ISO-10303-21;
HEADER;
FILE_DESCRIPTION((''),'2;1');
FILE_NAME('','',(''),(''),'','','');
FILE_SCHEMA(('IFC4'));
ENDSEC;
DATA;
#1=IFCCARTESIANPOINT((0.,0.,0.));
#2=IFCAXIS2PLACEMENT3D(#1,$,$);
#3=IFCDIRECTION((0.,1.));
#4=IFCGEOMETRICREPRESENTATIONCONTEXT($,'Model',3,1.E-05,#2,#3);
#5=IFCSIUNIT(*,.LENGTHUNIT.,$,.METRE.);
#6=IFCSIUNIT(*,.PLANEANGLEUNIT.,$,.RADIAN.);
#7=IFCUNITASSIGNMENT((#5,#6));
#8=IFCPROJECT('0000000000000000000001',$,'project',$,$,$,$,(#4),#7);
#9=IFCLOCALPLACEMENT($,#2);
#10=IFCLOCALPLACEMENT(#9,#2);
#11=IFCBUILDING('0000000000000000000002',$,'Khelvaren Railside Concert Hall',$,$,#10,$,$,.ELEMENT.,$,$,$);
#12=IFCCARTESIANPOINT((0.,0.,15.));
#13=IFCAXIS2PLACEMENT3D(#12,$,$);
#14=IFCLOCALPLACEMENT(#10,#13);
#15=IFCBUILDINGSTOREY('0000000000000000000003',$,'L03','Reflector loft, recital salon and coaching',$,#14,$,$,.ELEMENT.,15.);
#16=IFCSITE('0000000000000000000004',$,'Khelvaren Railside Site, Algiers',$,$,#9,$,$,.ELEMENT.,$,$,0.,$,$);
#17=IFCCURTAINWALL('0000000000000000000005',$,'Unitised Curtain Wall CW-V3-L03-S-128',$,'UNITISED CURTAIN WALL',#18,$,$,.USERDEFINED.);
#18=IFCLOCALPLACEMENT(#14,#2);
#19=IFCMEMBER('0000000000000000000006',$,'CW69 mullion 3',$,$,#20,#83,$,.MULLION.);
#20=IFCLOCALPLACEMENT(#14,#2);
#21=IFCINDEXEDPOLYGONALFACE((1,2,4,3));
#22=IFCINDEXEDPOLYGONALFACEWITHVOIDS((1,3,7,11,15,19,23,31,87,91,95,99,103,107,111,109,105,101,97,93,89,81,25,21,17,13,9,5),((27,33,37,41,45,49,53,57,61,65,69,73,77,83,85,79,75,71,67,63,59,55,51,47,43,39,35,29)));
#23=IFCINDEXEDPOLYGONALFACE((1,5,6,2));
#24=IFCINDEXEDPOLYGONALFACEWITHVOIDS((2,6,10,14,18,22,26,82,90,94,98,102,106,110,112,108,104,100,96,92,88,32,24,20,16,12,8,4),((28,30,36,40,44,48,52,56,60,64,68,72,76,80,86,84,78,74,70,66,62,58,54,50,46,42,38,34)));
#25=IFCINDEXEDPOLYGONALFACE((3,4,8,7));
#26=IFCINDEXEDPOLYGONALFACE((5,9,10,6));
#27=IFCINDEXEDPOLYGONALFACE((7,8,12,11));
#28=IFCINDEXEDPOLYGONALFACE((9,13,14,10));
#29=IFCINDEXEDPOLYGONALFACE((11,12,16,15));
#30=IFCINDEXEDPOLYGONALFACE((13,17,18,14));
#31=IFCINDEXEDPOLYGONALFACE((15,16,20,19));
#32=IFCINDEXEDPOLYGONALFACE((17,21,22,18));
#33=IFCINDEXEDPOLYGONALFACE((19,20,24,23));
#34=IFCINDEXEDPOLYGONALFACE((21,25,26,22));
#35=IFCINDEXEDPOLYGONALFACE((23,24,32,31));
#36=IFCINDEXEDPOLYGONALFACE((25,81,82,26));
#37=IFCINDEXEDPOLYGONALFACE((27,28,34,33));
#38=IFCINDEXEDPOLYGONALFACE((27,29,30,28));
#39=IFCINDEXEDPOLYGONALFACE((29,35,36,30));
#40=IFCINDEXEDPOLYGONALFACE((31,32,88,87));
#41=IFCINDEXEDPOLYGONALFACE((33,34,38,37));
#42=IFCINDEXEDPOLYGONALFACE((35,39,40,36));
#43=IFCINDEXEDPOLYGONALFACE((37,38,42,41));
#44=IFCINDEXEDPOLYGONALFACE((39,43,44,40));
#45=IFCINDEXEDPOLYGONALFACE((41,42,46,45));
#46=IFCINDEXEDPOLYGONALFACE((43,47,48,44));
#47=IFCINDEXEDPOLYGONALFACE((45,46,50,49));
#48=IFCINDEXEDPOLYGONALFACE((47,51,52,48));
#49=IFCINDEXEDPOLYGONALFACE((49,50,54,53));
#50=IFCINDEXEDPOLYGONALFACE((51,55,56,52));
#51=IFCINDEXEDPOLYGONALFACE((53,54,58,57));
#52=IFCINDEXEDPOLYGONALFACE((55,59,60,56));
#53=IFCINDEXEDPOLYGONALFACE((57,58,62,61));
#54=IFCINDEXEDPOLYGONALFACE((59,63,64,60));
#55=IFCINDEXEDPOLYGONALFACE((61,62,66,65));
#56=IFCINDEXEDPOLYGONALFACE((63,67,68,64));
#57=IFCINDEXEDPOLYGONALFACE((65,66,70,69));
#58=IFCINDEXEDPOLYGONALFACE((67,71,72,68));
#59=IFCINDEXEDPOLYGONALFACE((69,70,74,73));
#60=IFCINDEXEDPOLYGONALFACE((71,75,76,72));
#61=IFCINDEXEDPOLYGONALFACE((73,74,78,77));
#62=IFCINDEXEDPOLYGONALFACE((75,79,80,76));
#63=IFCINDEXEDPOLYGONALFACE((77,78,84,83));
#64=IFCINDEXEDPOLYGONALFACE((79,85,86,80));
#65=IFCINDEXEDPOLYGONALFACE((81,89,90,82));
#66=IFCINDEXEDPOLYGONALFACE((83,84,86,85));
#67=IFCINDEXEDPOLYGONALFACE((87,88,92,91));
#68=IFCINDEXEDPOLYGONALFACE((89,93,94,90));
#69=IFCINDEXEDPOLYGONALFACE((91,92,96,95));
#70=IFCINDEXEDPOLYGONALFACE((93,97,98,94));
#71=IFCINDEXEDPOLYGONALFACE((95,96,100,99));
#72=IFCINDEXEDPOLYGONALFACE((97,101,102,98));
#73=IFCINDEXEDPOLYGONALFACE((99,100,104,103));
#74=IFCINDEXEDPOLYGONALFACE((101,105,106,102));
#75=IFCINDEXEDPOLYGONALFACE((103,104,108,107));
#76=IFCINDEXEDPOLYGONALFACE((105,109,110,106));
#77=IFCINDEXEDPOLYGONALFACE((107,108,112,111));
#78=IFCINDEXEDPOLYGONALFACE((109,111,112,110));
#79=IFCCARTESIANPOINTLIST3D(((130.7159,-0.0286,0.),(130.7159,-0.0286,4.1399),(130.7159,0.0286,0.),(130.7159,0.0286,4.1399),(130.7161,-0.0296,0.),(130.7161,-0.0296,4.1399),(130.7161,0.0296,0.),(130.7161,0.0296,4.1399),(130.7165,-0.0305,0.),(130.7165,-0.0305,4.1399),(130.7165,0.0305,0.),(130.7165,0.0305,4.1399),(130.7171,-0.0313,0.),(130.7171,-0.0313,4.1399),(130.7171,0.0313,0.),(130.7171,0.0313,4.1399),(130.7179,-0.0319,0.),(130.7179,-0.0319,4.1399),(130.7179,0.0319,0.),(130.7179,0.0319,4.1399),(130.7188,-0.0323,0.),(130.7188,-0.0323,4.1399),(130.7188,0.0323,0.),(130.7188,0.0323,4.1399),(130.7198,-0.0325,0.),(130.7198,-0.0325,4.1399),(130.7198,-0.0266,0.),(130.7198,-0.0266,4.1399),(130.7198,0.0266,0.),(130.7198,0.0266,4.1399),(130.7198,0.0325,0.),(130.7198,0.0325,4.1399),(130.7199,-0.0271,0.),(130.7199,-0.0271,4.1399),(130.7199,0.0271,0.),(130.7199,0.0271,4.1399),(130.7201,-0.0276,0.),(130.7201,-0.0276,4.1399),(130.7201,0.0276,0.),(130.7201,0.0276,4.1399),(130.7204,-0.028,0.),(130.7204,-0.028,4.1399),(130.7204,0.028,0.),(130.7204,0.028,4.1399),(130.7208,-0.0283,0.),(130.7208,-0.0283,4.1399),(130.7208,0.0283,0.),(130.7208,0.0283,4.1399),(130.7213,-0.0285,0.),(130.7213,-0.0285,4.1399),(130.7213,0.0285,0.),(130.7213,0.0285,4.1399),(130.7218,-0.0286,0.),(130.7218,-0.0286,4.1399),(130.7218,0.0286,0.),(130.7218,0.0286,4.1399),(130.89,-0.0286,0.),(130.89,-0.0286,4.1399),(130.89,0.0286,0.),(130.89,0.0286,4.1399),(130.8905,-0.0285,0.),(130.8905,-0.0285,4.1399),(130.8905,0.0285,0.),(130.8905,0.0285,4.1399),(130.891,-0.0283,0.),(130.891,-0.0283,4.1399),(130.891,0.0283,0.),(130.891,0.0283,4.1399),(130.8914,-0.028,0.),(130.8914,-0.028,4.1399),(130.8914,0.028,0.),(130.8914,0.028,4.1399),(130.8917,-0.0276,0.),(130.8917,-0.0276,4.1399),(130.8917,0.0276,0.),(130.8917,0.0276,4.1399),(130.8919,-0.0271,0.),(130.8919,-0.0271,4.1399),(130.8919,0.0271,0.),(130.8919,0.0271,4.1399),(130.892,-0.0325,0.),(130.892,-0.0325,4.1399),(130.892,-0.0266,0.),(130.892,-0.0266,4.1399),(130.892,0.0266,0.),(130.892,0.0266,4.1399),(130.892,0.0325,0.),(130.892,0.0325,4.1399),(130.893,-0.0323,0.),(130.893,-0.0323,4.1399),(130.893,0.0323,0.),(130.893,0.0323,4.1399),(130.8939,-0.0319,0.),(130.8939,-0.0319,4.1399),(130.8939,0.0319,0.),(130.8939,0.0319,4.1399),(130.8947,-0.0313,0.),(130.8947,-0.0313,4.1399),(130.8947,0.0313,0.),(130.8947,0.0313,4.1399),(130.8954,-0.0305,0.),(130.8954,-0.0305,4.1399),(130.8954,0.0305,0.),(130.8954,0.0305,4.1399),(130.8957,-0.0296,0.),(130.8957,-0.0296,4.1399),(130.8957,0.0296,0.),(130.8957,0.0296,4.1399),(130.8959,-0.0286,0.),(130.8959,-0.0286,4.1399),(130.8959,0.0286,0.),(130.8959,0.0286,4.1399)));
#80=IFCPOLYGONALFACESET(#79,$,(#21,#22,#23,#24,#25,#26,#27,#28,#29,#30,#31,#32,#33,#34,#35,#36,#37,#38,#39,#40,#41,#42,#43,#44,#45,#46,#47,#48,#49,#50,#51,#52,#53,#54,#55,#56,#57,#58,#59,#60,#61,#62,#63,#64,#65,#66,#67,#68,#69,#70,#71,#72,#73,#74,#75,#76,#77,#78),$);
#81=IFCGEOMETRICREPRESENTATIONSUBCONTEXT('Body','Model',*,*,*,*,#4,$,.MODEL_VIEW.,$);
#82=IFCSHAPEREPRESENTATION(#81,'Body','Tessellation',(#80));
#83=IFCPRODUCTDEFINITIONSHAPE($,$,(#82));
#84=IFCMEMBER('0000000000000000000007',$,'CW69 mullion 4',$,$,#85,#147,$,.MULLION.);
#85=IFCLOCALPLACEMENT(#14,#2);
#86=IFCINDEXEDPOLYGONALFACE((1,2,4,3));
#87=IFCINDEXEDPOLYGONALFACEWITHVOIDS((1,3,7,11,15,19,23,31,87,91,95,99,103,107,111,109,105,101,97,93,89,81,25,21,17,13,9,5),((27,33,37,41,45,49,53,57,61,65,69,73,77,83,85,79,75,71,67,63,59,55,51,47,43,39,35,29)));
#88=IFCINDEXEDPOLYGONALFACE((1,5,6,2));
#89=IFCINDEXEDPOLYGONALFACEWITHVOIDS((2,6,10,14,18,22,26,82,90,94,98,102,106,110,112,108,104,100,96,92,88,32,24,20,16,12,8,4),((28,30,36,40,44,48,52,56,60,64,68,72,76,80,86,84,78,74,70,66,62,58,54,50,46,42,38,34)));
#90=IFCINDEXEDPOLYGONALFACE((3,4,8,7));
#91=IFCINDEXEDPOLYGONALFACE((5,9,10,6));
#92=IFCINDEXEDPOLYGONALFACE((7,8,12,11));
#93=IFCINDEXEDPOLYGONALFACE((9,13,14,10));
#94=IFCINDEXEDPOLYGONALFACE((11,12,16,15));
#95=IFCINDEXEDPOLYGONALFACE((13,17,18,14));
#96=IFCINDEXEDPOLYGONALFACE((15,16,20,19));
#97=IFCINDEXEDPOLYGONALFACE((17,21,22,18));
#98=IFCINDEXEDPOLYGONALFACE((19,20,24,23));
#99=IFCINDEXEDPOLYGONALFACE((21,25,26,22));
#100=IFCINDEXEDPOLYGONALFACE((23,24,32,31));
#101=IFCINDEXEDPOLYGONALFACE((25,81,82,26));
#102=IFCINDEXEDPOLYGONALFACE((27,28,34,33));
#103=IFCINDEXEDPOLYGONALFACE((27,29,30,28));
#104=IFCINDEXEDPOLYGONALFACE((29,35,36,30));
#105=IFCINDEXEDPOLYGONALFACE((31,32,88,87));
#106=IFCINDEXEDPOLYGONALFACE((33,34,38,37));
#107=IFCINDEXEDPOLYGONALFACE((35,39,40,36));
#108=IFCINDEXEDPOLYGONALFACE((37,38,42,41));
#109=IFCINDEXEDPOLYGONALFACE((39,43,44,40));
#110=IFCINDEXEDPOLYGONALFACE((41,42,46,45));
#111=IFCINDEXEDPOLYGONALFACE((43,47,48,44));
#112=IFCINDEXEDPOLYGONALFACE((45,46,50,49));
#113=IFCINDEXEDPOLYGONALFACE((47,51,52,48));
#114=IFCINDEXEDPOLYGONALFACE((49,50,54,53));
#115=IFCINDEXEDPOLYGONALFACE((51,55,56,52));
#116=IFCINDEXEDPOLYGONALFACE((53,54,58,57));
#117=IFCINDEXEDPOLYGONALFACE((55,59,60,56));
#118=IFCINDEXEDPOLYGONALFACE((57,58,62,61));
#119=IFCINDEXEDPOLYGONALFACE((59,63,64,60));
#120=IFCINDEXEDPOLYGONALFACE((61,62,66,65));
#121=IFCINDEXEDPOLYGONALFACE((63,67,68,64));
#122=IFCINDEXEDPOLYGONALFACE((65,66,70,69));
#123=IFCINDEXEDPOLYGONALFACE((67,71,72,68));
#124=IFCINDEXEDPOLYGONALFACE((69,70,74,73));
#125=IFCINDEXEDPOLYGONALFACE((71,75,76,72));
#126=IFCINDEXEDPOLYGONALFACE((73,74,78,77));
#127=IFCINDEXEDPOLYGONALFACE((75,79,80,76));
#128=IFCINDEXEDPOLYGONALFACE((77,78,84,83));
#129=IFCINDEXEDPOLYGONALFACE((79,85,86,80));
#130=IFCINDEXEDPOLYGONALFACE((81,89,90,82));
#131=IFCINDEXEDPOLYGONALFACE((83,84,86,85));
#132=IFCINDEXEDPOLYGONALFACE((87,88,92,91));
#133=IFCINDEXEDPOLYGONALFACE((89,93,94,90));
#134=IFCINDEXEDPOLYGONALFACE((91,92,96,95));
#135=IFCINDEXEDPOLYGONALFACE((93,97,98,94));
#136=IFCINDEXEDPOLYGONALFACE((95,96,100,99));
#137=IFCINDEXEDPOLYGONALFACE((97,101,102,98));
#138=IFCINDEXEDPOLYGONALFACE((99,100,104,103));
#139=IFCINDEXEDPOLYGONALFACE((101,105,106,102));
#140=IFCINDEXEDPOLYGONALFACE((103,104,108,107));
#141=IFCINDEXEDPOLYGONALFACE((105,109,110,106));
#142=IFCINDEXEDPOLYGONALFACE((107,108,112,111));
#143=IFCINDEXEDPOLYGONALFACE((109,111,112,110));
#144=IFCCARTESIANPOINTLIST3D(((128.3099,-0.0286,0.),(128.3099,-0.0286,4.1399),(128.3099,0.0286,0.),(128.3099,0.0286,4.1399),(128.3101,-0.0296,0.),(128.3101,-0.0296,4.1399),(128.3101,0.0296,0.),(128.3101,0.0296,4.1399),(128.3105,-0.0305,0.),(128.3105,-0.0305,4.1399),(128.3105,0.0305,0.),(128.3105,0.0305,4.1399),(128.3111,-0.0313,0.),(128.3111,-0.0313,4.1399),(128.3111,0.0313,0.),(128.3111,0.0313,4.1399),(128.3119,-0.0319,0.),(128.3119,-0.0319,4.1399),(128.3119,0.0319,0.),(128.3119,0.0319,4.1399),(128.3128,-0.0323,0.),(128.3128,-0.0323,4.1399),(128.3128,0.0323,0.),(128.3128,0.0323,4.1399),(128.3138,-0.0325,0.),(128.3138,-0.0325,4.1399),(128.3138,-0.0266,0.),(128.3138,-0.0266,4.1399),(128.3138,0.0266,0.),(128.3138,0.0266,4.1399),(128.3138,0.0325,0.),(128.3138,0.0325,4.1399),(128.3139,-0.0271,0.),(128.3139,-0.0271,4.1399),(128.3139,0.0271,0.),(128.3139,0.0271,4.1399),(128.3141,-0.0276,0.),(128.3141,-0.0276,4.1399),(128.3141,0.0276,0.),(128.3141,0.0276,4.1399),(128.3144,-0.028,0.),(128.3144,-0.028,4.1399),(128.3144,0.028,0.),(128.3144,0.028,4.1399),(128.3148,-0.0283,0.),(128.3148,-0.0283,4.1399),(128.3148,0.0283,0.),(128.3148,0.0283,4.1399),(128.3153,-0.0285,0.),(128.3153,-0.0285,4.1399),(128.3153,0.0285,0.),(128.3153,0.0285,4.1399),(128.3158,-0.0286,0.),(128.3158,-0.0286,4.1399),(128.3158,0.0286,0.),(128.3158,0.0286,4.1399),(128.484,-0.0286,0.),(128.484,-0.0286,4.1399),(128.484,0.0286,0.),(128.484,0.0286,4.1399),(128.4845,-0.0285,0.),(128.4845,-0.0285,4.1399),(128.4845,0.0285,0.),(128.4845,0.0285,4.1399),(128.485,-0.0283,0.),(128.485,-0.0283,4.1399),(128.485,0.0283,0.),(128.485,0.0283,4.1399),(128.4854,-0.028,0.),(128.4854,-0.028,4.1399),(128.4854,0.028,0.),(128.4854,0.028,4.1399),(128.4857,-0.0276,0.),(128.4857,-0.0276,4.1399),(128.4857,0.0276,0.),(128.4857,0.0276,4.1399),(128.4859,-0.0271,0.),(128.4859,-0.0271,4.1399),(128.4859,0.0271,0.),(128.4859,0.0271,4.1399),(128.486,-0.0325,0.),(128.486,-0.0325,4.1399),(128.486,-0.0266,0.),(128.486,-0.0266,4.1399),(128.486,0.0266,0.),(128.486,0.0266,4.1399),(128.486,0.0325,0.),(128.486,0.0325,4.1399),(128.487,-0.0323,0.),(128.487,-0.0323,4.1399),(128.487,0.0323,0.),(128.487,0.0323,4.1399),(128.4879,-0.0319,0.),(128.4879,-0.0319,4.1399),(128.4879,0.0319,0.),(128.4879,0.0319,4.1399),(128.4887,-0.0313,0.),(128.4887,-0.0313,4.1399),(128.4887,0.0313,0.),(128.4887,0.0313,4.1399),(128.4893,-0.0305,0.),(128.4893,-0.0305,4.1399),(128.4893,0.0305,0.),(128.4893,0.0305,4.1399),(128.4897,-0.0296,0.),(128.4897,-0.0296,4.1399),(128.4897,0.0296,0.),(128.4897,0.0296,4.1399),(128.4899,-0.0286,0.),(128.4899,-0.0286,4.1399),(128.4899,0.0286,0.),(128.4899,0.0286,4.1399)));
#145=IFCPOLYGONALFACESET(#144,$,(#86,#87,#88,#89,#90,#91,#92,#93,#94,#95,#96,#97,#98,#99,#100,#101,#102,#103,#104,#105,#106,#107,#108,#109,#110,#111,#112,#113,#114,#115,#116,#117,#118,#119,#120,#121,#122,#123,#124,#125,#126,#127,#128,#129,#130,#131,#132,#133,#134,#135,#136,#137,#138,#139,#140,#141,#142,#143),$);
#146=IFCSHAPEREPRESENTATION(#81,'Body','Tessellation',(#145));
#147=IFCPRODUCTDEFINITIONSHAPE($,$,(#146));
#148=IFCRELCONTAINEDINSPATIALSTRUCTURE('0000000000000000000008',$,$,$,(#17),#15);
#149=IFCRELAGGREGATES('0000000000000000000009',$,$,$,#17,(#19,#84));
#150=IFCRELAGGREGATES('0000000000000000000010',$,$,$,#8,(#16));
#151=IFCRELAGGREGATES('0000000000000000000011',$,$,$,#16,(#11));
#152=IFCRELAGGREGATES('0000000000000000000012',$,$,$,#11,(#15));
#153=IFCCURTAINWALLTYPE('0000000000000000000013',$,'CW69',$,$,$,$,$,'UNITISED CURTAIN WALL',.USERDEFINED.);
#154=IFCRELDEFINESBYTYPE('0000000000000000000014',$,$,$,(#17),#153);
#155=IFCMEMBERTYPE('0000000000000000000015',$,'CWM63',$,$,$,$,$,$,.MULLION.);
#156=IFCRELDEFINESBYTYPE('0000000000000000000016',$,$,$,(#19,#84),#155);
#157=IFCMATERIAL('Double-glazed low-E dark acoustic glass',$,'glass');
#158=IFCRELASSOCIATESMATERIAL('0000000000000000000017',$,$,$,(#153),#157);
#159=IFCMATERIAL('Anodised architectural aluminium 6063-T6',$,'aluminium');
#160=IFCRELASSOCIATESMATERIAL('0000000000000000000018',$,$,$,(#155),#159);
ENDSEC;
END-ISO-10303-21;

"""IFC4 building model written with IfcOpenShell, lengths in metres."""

from ifc_helpers import new_model, si_unit, direction, frame, origin, origin_2d, place, context, subcontext, project, spatial, hollow_rectangle, extrude, material, material_profile, profile_set, type_object, element, aggregate, save


model = new_model("IFC4")

# Units and contexts
model_context = context("Model", 3, precision=1e-05, world=origin(), true_north=direction((0.0, 1.0)))
body_context = subcontext(model_context, "Body", "Model", "MODEL_VIEW")
ifc_project = project(units=[si_unit("LENGTHUNIT", "METRE"), si_unit("PLANEANGLEUNIT", "RADIAN")], contexts=[model_context])

# Site, building, storey
site_placement = place(None, origin())
site = spatial("IfcSite", under=ifc_project, at=site_placement, Name="Khelvaren Railside Site, Algiers", CompositionType="ELEMENT", RefElevation=0.0)
building_placement = place(site_placement, origin())
building = spatial("IfcBuilding", under=site, at=building_placement, Name="Khelvaren Railside Concert Hall", CompositionType="ELEMENT")
storey_placement = place(building_placement, frame((0.0, 0.0, 15.0)))
storey = spatial("IfcBuildingStorey", under=building, at=storey_placement, Name="L03", Description="Reflector loft, recital salon and coaching", CompositionType="ELEMENT", Elevation=15.0)

# Curtain wall, members
ifc_material_1 = material(Name="Double-glazed low-E dark acoustic glass", Category="glass")
curtain_wall_type = type_object("IfcCurtainWallType", Name="CW69", ElementType="UNITISED CURTAIN WALL", PredefinedType="USERDEFINED", material=ifc_material_1)
curtain_wall_placement = place(storey_placement, origin())
curtain_wall = element("IfcCurtainWall", 1, at=curtain_wall_placement, inside=storey, type_object=curtain_wall_type, Name="Unitised Curtain Wall CW-V3-L03-S-128", ObjectType="UNITISED CURTAIN WALL", PredefinedType="USERDEFINED")
ifc_material_2 = material(Name="Anodised architectural aluminium 6063-T6", Category="aluminium")
ifc_material_profile_1 = material_profile(ifc_material_2, hollow_rectangle(XDim=0.0649, YDim=0.1799, WallThickness=0.0039, InnerFilletRadius=0.002, OuterFilletRadius=0.0039, at=origin_2d()), Name="CWM 65x180x4")
ifc_profile_set_1 = profile_set([ifc_material_profile_1], Name="Anodised architectural aluminium 6063-T6")
member_type_1 = type_object("IfcMemberType", Name="CWM63", PredefinedType="MULLION", material=ifc_profile_set_1)
member_1_placement = place(storey_placement, frame((130.8059, 0.0, 0.0), z_axis=(0.0, 0.0, 1.0), x_axis=(0.0, -1.0, 0.0)))
member_1 = element("IfcMember", 2, at=member_1_placement, type_object=member_type_1, Name="CW69 mullion 3", PredefinedType="MULLION", context=body_context, shape_type="SweptSolid", body=[
    extrude(hollow_rectangle(XDim=0.0649, YDim=0.1799, WallThickness=0.0039, InnerFilletRadius=0.002, OuterFilletRadius=0.0039, at=origin_2d()), origin(), (0.0, 0.0, 1.0), 4.1399),
])
member_2_placement = place(storey_placement, frame((128.3999, 0.0, 0.0), z_axis=(0.0, 0.0, 1.0), x_axis=(0.0, -1.0, 0.0)))
member_2 = element("IfcMember", 3, at=member_2_placement, type_object=member_type_1, Name="CW69 mullion 4", PredefinedType="MULLION", context=body_context, shape_type="SweptSolid", body=[
    extrude(hollow_rectangle(XDim=0.0649, YDim=0.1799, WallThickness=0.0039, InnerFilletRadius=0.002, OuterFilletRadius=0.0039, at=origin_2d()), origin(), (0.0, 0.0, 1.0), 4.1399),
])

aggregate(curtain_wall, [member_1, member_2])

save(model, "model.ifc")
